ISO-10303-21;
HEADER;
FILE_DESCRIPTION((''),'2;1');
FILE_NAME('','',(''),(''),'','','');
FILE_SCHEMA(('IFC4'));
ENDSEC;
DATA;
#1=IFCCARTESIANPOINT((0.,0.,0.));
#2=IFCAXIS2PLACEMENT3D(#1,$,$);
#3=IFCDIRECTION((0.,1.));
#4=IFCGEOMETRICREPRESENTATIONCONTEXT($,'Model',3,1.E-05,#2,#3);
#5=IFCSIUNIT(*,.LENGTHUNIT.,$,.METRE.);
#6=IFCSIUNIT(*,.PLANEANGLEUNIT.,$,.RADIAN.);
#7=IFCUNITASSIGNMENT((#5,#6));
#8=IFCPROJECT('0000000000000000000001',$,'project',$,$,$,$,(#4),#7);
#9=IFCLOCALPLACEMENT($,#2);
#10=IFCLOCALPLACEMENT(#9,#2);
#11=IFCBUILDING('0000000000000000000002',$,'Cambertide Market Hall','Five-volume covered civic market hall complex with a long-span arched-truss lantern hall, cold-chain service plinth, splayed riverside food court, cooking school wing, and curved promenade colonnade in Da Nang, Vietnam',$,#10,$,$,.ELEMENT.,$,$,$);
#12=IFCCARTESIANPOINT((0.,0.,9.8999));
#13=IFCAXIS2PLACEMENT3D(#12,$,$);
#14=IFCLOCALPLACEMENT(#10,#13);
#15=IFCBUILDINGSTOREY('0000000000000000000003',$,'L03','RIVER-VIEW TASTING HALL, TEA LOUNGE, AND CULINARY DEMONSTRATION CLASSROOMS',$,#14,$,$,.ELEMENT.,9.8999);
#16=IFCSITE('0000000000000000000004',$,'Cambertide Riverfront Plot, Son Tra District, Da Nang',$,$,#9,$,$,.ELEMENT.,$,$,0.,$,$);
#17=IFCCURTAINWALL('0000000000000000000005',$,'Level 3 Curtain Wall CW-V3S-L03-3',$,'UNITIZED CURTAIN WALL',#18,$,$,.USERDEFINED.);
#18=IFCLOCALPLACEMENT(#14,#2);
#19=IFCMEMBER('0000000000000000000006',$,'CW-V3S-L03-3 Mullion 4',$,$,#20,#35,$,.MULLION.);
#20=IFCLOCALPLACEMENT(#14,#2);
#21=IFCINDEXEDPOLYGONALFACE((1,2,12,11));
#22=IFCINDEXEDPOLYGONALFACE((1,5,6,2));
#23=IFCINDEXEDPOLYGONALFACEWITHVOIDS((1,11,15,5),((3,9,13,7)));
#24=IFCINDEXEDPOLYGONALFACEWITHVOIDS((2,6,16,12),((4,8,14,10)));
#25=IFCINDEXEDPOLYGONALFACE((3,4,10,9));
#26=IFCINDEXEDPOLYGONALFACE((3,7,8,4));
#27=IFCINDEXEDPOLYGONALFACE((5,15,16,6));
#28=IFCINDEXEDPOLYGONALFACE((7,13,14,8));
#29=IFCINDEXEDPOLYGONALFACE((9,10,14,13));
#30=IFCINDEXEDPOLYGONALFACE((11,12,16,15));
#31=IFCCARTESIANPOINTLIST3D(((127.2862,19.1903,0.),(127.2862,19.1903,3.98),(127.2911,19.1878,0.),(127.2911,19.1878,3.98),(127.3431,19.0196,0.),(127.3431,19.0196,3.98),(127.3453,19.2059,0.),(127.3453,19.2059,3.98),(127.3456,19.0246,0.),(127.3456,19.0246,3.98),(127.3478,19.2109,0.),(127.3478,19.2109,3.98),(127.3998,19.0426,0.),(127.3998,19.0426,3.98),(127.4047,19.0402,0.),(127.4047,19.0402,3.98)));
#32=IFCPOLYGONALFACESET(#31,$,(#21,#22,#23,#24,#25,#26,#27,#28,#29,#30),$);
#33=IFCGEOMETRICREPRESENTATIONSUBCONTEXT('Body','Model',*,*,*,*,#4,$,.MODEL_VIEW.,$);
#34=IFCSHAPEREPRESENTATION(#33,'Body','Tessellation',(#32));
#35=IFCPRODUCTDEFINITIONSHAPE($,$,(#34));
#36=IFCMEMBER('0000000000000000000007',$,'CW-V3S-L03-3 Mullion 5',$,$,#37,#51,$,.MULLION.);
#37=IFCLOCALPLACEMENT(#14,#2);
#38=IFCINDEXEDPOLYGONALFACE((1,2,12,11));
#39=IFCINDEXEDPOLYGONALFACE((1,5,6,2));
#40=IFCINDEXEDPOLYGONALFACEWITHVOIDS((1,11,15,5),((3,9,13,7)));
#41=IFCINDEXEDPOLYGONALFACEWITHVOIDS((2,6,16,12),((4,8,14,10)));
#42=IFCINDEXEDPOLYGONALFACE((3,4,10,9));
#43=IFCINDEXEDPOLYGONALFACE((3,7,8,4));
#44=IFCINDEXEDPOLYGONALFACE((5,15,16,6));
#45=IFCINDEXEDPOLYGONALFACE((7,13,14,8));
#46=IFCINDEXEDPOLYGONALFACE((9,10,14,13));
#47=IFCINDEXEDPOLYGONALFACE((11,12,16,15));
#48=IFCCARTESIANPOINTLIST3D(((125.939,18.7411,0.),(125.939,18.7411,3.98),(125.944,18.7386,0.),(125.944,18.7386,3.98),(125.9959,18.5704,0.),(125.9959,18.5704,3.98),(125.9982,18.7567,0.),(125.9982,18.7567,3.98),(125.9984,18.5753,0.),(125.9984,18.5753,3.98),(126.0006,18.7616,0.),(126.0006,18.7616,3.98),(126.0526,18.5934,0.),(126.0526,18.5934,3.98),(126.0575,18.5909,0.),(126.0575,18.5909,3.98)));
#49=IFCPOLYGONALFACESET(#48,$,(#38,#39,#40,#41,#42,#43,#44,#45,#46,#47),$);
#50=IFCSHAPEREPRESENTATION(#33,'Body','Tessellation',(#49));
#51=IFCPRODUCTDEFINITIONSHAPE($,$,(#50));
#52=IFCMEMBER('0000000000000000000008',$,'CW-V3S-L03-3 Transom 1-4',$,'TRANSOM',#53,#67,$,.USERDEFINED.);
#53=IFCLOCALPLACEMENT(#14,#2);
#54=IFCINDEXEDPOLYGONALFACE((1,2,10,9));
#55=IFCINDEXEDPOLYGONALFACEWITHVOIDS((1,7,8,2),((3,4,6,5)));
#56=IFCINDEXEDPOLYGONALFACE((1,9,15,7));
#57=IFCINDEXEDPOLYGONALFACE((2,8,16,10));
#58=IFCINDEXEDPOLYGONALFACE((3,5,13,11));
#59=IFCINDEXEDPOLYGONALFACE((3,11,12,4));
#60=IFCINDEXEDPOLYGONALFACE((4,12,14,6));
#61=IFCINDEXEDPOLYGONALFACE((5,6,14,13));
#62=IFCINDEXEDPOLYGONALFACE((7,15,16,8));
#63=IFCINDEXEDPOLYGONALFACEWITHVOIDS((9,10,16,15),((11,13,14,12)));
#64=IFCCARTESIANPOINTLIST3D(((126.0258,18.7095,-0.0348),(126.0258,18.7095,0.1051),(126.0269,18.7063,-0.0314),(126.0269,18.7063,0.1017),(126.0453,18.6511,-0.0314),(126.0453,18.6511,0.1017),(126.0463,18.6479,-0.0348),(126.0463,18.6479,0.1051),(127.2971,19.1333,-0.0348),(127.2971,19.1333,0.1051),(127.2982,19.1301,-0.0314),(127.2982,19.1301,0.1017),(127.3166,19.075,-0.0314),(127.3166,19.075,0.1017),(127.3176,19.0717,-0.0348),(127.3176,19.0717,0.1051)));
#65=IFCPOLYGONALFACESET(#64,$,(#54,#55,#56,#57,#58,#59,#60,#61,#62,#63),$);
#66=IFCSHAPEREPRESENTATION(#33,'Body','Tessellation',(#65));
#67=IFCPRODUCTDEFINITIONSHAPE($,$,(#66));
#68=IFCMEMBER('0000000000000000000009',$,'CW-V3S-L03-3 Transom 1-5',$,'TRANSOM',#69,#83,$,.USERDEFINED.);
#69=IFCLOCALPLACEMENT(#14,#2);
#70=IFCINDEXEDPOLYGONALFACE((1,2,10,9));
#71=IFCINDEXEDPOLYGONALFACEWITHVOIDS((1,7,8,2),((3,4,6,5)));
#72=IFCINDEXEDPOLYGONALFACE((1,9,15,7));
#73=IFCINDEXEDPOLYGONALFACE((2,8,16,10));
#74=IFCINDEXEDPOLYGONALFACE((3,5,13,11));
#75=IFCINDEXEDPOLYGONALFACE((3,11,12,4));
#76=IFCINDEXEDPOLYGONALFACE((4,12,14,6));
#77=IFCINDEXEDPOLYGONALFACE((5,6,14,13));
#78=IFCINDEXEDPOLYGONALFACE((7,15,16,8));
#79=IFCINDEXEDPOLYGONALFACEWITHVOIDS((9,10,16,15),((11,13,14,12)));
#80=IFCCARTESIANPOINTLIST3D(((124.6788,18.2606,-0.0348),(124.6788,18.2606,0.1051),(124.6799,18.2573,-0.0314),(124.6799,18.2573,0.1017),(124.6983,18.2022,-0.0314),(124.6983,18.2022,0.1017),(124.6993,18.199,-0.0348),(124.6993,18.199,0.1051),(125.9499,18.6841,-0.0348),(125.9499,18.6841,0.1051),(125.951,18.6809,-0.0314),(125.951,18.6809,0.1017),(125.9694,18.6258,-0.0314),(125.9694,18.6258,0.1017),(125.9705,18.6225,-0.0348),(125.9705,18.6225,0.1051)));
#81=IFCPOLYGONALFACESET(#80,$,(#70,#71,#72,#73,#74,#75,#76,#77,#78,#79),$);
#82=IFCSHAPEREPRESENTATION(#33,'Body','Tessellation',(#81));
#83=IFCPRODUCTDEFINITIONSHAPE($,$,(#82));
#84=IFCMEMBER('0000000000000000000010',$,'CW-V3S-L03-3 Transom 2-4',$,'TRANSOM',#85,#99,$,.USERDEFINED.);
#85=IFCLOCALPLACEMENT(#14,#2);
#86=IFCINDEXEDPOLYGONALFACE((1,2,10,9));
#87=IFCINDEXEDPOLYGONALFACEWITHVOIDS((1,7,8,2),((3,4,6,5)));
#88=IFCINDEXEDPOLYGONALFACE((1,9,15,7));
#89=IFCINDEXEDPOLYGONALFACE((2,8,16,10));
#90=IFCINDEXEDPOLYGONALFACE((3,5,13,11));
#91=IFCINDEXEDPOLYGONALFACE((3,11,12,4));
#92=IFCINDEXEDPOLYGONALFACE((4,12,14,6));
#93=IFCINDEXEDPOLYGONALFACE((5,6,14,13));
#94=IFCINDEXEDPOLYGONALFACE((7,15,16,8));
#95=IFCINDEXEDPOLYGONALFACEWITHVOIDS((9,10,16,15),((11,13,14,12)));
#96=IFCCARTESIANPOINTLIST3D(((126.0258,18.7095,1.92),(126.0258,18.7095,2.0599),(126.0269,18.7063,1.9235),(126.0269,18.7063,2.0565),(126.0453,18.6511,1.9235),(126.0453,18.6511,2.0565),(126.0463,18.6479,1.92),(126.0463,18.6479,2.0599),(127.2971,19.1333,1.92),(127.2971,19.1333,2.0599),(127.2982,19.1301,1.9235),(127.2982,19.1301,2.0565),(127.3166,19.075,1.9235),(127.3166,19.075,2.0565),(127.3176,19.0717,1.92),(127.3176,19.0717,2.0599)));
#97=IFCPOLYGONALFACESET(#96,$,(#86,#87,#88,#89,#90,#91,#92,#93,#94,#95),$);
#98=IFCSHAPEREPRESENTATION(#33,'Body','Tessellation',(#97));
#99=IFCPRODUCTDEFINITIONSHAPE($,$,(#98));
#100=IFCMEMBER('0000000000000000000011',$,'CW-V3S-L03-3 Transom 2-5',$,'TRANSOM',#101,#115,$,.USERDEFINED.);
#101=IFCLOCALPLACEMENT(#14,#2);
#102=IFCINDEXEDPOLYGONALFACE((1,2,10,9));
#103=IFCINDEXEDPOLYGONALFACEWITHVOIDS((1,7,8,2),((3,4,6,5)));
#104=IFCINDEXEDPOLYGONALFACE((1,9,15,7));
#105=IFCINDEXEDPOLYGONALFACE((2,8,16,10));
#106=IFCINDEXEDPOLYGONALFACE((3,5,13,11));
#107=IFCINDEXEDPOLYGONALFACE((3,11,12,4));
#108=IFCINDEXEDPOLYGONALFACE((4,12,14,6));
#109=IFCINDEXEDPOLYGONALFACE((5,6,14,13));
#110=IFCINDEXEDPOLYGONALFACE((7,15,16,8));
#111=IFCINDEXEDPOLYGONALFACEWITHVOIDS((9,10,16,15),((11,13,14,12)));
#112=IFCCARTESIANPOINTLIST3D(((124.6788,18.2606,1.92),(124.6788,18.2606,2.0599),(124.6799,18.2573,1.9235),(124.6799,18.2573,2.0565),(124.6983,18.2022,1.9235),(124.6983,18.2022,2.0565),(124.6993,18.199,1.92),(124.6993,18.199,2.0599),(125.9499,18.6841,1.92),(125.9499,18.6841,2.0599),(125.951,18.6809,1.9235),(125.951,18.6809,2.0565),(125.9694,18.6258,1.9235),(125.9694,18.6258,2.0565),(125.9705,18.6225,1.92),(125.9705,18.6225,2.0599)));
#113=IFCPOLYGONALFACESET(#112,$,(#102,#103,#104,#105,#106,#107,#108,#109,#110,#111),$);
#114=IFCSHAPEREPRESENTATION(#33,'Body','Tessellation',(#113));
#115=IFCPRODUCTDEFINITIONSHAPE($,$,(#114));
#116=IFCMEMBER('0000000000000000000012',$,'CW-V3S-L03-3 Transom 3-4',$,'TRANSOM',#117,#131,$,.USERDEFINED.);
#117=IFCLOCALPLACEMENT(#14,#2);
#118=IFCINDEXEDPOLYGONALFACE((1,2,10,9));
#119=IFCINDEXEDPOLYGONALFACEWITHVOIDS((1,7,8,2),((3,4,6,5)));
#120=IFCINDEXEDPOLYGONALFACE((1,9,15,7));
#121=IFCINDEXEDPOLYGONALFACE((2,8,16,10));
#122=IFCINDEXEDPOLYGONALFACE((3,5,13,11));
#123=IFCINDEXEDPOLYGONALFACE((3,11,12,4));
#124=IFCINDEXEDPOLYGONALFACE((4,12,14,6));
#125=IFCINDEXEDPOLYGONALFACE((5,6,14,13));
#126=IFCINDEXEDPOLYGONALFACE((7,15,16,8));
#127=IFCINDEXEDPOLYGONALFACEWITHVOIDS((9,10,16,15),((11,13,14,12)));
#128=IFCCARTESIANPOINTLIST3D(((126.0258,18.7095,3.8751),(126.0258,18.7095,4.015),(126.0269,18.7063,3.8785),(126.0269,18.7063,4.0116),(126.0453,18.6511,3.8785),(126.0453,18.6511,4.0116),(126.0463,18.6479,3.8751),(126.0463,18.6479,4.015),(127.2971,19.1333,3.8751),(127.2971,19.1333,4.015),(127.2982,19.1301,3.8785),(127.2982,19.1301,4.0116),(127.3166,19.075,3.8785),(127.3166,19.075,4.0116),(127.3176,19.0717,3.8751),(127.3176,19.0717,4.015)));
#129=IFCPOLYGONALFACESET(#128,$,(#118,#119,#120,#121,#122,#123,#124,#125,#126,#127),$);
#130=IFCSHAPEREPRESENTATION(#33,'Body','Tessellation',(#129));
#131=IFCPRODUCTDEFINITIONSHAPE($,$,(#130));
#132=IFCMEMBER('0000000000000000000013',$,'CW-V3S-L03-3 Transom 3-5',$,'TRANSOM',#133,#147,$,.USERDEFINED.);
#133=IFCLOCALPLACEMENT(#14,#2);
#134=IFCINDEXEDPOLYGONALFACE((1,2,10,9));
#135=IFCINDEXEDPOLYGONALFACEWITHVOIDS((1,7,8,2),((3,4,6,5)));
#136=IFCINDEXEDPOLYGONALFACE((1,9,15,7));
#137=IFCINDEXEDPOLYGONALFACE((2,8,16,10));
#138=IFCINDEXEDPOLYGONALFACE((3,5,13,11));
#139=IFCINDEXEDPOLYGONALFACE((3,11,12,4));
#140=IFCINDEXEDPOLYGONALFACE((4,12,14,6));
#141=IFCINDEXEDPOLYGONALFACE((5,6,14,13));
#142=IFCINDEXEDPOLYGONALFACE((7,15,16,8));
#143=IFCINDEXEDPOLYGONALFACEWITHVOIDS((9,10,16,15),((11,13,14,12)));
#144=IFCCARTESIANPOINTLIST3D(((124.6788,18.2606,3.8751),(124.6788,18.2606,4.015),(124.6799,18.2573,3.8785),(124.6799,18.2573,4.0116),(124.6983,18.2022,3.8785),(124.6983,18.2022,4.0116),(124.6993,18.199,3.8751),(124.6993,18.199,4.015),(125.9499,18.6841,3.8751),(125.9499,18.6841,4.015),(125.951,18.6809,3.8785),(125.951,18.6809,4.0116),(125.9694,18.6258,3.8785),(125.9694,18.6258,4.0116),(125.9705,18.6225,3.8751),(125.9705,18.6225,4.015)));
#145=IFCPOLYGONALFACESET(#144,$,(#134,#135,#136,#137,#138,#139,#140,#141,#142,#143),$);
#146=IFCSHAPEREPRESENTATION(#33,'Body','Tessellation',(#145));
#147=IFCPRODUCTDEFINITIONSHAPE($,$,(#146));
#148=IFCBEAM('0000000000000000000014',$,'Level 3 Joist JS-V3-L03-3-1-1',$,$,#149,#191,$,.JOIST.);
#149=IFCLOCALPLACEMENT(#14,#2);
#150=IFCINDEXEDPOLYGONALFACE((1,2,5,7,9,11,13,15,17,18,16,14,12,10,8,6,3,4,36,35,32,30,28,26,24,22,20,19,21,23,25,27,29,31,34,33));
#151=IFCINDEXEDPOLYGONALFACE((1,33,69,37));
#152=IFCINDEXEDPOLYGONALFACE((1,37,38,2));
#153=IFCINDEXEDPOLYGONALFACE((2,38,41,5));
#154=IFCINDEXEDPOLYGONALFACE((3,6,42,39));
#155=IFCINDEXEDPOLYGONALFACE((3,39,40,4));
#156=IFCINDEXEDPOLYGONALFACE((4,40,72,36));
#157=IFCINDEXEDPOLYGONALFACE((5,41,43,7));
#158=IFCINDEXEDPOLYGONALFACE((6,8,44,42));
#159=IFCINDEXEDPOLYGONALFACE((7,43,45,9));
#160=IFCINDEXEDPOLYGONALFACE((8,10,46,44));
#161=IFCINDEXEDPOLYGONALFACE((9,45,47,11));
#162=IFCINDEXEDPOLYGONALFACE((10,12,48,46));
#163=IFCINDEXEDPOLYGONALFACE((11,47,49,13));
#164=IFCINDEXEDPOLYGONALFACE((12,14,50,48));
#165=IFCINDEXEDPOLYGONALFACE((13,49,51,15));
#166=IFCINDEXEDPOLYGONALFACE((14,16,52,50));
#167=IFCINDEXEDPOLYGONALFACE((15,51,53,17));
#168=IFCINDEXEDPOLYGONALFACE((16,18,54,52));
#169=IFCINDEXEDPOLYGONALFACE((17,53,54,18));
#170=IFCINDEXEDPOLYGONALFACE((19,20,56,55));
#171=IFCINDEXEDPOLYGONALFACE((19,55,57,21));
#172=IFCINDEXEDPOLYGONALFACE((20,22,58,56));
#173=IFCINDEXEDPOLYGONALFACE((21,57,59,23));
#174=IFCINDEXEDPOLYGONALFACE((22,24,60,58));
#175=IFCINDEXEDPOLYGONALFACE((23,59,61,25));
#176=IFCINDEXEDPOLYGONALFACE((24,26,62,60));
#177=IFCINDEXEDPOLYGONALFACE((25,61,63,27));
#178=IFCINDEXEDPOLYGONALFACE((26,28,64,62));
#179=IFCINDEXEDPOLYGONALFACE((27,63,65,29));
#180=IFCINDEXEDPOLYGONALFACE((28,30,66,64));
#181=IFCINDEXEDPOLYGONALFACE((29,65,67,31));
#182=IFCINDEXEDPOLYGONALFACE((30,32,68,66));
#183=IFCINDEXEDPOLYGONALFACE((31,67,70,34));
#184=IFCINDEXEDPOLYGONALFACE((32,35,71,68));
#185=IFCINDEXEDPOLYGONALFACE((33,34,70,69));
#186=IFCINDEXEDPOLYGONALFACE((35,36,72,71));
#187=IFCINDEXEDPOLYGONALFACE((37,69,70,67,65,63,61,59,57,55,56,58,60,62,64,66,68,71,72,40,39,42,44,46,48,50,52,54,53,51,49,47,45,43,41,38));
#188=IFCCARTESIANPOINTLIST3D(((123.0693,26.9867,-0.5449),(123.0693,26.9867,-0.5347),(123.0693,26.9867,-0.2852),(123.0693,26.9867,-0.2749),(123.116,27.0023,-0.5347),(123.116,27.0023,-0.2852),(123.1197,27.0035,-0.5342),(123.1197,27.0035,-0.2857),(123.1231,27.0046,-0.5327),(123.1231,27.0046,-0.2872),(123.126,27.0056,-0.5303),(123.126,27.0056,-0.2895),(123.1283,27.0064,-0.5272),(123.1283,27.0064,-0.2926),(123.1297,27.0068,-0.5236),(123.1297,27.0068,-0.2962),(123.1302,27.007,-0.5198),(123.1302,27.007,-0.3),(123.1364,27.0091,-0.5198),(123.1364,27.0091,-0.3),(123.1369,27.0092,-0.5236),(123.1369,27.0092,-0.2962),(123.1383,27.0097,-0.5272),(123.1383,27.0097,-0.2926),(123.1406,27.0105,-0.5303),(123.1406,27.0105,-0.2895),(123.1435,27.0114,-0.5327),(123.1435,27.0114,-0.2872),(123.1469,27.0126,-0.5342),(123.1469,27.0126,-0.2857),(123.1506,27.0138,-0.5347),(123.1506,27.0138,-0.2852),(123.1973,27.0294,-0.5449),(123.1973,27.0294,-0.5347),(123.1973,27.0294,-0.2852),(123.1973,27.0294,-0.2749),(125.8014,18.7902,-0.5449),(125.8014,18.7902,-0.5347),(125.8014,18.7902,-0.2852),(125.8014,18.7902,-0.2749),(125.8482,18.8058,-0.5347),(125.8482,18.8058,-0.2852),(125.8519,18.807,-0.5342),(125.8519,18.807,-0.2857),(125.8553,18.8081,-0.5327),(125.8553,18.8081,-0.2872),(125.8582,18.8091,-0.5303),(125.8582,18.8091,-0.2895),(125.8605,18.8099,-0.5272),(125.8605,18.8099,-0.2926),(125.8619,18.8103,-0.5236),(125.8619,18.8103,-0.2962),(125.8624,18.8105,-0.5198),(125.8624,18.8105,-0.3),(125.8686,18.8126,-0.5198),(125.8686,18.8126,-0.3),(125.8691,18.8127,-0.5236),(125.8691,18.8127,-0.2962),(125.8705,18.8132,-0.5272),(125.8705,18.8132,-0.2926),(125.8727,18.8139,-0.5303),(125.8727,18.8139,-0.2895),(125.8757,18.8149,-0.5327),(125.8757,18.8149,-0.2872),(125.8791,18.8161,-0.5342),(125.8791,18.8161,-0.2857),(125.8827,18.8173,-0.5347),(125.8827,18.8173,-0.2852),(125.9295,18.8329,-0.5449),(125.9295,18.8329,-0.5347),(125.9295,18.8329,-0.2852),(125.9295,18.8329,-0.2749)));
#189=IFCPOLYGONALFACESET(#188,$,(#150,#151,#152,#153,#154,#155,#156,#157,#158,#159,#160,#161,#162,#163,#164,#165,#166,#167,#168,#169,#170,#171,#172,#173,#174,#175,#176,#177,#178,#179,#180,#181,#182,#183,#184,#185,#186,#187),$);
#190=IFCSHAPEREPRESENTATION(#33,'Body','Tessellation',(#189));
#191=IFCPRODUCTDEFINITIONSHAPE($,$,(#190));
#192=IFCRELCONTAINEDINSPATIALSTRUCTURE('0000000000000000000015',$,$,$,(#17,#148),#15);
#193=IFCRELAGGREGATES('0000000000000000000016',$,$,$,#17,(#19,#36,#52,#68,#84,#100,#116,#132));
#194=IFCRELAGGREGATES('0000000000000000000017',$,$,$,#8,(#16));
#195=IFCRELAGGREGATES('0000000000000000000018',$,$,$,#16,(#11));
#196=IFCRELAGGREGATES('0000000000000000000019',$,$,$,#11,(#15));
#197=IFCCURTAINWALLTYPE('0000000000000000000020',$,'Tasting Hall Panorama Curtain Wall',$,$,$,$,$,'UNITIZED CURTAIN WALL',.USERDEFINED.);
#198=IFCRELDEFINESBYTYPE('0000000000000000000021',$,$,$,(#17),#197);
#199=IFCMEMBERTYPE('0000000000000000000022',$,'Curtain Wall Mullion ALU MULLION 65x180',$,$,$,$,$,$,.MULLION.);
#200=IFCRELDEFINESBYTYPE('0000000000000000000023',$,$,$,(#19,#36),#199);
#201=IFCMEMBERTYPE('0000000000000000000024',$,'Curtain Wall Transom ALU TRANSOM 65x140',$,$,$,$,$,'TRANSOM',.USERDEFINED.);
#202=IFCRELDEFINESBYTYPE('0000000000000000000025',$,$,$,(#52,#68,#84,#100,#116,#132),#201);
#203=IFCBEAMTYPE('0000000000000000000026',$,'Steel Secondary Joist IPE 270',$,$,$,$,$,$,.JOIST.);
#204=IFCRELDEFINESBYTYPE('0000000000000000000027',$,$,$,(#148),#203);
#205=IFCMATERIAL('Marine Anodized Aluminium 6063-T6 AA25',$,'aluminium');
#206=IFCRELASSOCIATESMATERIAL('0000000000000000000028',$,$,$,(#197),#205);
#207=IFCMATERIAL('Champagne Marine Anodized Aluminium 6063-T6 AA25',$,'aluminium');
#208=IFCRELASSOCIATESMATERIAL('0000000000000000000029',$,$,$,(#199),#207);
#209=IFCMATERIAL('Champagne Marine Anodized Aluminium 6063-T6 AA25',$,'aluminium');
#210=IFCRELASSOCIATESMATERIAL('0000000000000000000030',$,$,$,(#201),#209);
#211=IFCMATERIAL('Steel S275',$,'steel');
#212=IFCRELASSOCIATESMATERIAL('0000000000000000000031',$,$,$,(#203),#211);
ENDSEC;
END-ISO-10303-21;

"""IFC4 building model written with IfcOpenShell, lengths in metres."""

from ifc_helpers import new_model, si_unit, direction, frame, origin, origin_2d, place, context, subcontext, project, spatial, hollow_rectangle, i_section, extrude, material, material_profile, profile_set, type_object, element, aggregate, save


model = new_model("IFC4")

# Units and contexts
model_context = context("Model", 3, precision=1e-05, world=origin(), true_north=direction((0.0, 1.0)))
body_context = subcontext(model_context, "Body", "Model", "MODEL_VIEW")
ifc_project = project(units=[si_unit("LENGTHUNIT", "METRE"), si_unit("PLANEANGLEUNIT", "RADIAN")], contexts=[model_context])

# Site, building, storey
site_placement = place(None, origin())
site = spatial("IfcSite", under=ifc_project, at=site_placement, Name="Cambertide Riverfront Plot, Son Tra District, Da Nang", CompositionType="ELEMENT", RefElevation=0.0)
building_placement = place(site_placement, origin())
building = spatial("IfcBuilding", under=site, at=building_placement, Name="Cambertide Market Hall", Description="Five-volume covered civic market hall complex with a long-span arched-truss lantern hall, cold-chain service plinth, splayed riverside food court, cooking school wing, and curved promenade colonnade in Da Nang, Vietnam", CompositionType="ELEMENT")
storey_placement = place(building_placement, frame((0.0, 0.0, 9.8999)))
storey = spatial("IfcBuildingStorey", under=building, at=storey_placement, Name="L03", Description="RIVER-VIEW TASTING HALL, TEA LOUNGE, AND CULINARY DEMONSTRATION CLASSROOMS", CompositionType="ELEMENT", Elevation=9.8999)

# Curtain wall, members
ifc_material_1 = material(Name="Marine Anodized Aluminium 6063-T6 AA25", Category="aluminium")
curtain_wall_type = type_object("IfcCurtainWallType", Name="Tasting Hall Panorama Curtain Wall", ElementType="UNITIZED CURTAIN WALL", PredefinedType="USERDEFINED", material=ifc_material_1)
curtain_wall_placement = place(storey_placement, origin())
curtain_wall = element("IfcCurtainWall", 1, at=curtain_wall_placement, inside=storey, type_object=curtain_wall_type, Name="Level 3 Curtain Wall CW-V3S-L03-3", ObjectType="UNITIZED CURTAIN WALL", PredefinedType="USERDEFINED")
ifc_material_2 = material(Name="Champagne Marine Anodized Aluminium 6063-T6 AA25", Category="aluminium")
ifc_material_profile_1 = material_profile(ifc_material_2, hollow_rectangle(XDim=0.0649, YDim=0.1799, WallThickness=0.0039, at=origin_2d()), Name="ALU MULLION 65x180")
ifc_profile_set_1 = profile_set([ifc_material_profile_1], Name="Champagne Marine Anodized Aluminium 6063-T6 AA25")
member_type_1 = type_object("IfcMemberType", Name="Curtain Wall Mullion ALU MULLION 65x180", PredefinedType="MULLION", material=ifc_profile_set_1)
member_1_placement = place(storey_placement, frame((127.3455, 19.1152, 0.0), z_axis=(0.0, 0.0, 1.0), x_axis=(-0.948683, -0.316228, 0.0)))
member_1 = element("IfcMember", 2, at=member_1_placement, type_object=member_type_1, Name="CW-V3S-L03-3 Mullion 4", PredefinedType="MULLION", context=body_context, shape_type="SweptSolid", body=[
    extrude(hollow_rectangle(XDim=0.0649, YDim=0.1799, WallThickness=0.0039, at=origin_2d()), origin(), (0.0, 0.0, 1.0), 3.98),
])
member_2_placement = place(storey_placement, frame((125.9983, 18.666, 0.0), z_axis=(0.0, 0.0, 1.0), x_axis=(-0.948683, -0.316228, 0.0)))
member_2 = element("IfcMember", 3, at=member_2_placement, type_object=member_type_1, Name="CW-V3S-L03-3 Mullion 5", PredefinedType="MULLION", context=body_context, shape_type="SweptSolid", body=[
    extrude(hollow_rectangle(XDim=0.0649, YDim=0.1799, WallThickness=0.0039, at=origin_2d()), origin(), (0.0, 0.0, 1.0), 3.98),
])
ifc_material_3 = material(Name="Champagne Marine Anodized Aluminium 6063-T6 AA25", Category="aluminium")
ifc_material_profile_2 = material_profile(ifc_material_3, hollow_rectangle(XDim=0.0649, YDim=0.1399, WallThickness=0.0034, at=origin_2d()), Name="ALU TRANSOM 65x140")
ifc_profile_set_2 = profile_set([ifc_material_profile_2], Name="Champagne Marine Anodized Aluminium 6063-T6 AA25")
member_type_2 = type_object("IfcMemberType", Name="Curtain Wall Transom ALU TRANSOM 65x140", ElementType="TRANSOM", PredefinedType="USERDEFINED", material=ifc_profile_set_2)
member_3_placement = place(storey_placement, frame((127.3074, 19.1025, 0.0352), z_axis=(-0.948665, -0.316282, 0.0), x_axis=(0.316282, -0.948665, 0.0)))
member_3 = element("IfcMember", 4, at=member_3_placement, type_object=member_type_2, Name="CW-V3S-L03-3 Transom 1-4", ObjectType="TRANSOM", PredefinedType="USERDEFINED", context=body_context, shape_type="SweptSolid", body=[
    extrude(hollow_rectangle(XDim=0.0649, YDim=0.1399, WallThickness=0.0034, at=origin_2d()), origin(), (0.0, 0.0, 1.0), 1.3401),
])
member_4_placement = place(storey_placement, frame((125.9602, 18.6533, 0.0352), z_axis=(-0.94872, -0.316118, 0.0), x_axis=(0.316118, -0.94872, 0.0)))
member_4 = element("IfcMember", 5, at=member_4_placement, type_object=member_type_2, Name="CW-V3S-L03-3 Transom 1-5", ObjectType="TRANSOM", PredefinedType="USERDEFINED", context=body_context, shape_type="SweptSolid", body=[
    extrude(hollow_rectangle(XDim=0.0649, YDim=0.1399, WallThickness=0.0034, at=origin_2d()), origin(), (0.0, 0.0, 1.0), 1.3398),
])
member_5_placement = place(storey_placement, frame((127.3074, 19.1025, 1.99), z_axis=(-0.948665, -0.316282, 0.0), x_axis=(0.316282, -0.948665, 0.0)))
member_5 = element("IfcMember", 6, at=member_5_placement, type_object=member_type_2, Name="CW-V3S-L03-3 Transom 2-4", ObjectType="TRANSOM", PredefinedType="USERDEFINED", context=body_context, shape_type="SweptSolid", body=[
    extrude(hollow_rectangle(XDim=0.0649, YDim=0.1399, WallThickness=0.0034, at=origin_2d()), origin(), (0.0, 0.0, 1.0), 1.3401),
])
member_6_placement = place(storey_placement, frame((125.9602, 18.6533, 1.99), z_axis=(-0.94872, -0.316118, 0.0), x_axis=(0.316118, -0.94872, 0.0)))
member_6 = element("IfcMember", 7, at=member_6_placement, type_object=member_type_2, Name="CW-V3S-L03-3 Transom 2-5", ObjectType="TRANSOM", PredefinedType="USERDEFINED", context=body_context, shape_type="SweptSolid", body=[
    extrude(hollow_rectangle(XDim=0.0649, YDim=0.1399, WallThickness=0.0034, at=origin_2d()), origin(), (0.0, 0.0, 1.0), 1.3398),
])
member_7_placement = place(storey_placement, frame((127.3074, 19.1025, 3.9451), z_axis=(-0.948665, -0.316282, 0.0), x_axis=(0.316282, -0.948665, 0.0)))
member_7 = element("IfcMember", 8, at=member_7_placement, type_object=member_type_2, Name="CW-V3S-L03-3 Transom 3-4", ObjectType="TRANSOM", PredefinedType="USERDEFINED", context=body_context, shape_type="SweptSolid", body=[
    extrude(hollow_rectangle(XDim=0.0649, YDim=0.1399, WallThickness=0.0034, at=origin_2d()), origin(), (0.0, 0.0, 1.0), 1.3401),
])
member_8_placement = place(storey_placement, frame((125.9602, 18.6533, 3.9451), z_axis=(-0.94872, -0.316118, 0.0), x_axis=(0.316118, -0.94872, 0.0)))
member_8 = element("IfcMember", 9, at=member_8_placement, type_object=member_type_2, Name="CW-V3S-L03-3 Transom 3-5", ObjectType="TRANSOM", PredefinedType="USERDEFINED", context=body_context, shape_type="SweptSolid", body=[
    extrude(hollow_rectangle(XDim=0.0649, YDim=0.1399, WallThickness=0.0034, at=origin_2d()), origin(), (0.0, 0.0, 1.0), 1.3398),
])

# Beam
ifc_material_4 = material(Name="Steel S275", Category="steel")
ifc_material_profile_3 = material_profile(ifc_material_4, i_section(OverallWidth=0.135, OverallDepth=0.27, WebThickness=0.0066, FlangeThickness=0.0103, FilletRadius=0.0149, at=origin_2d()), Name="IPE 270")
ifc_profile_set_3 = profile_set([ifc_material_profile_3], Name="Steel S275")
beam_type = type_object("IfcBeamType", Name="Steel Secondary Joist IPE 270", PredefinedType="JOIST", material=ifc_profile_set_3)
beam_placement = place(storey_placement, frame((125.8655, 18.8115, -0.4099), z_axis=(-0.316228, 0.948683, 0.0), x_axis=(-0.948683, -0.316228, 0.0)))
element("IfcBeam", 10, at=beam_placement, inside=storey, type_object=beam_type, Name="Level 3 Joist JS-V3-L03-3-1-1", PredefinedType="JOIST", context=body_context, shape_type="SweptSolid", body=[
    extrude(i_section(OverallWidth=0.135, OverallDepth=0.27, WebThickness=0.0066, FlangeThickness=0.0103, FilletRadius=0.0149, at=origin_2d()), origin(), (0.0, 0.0, 1.0), 8.6399),
])

aggregate(curtain_wall, [member_1, member_2, member_3, member_4, member_5, member_6, member_7, member_8])

save(model, "model.ifc")
